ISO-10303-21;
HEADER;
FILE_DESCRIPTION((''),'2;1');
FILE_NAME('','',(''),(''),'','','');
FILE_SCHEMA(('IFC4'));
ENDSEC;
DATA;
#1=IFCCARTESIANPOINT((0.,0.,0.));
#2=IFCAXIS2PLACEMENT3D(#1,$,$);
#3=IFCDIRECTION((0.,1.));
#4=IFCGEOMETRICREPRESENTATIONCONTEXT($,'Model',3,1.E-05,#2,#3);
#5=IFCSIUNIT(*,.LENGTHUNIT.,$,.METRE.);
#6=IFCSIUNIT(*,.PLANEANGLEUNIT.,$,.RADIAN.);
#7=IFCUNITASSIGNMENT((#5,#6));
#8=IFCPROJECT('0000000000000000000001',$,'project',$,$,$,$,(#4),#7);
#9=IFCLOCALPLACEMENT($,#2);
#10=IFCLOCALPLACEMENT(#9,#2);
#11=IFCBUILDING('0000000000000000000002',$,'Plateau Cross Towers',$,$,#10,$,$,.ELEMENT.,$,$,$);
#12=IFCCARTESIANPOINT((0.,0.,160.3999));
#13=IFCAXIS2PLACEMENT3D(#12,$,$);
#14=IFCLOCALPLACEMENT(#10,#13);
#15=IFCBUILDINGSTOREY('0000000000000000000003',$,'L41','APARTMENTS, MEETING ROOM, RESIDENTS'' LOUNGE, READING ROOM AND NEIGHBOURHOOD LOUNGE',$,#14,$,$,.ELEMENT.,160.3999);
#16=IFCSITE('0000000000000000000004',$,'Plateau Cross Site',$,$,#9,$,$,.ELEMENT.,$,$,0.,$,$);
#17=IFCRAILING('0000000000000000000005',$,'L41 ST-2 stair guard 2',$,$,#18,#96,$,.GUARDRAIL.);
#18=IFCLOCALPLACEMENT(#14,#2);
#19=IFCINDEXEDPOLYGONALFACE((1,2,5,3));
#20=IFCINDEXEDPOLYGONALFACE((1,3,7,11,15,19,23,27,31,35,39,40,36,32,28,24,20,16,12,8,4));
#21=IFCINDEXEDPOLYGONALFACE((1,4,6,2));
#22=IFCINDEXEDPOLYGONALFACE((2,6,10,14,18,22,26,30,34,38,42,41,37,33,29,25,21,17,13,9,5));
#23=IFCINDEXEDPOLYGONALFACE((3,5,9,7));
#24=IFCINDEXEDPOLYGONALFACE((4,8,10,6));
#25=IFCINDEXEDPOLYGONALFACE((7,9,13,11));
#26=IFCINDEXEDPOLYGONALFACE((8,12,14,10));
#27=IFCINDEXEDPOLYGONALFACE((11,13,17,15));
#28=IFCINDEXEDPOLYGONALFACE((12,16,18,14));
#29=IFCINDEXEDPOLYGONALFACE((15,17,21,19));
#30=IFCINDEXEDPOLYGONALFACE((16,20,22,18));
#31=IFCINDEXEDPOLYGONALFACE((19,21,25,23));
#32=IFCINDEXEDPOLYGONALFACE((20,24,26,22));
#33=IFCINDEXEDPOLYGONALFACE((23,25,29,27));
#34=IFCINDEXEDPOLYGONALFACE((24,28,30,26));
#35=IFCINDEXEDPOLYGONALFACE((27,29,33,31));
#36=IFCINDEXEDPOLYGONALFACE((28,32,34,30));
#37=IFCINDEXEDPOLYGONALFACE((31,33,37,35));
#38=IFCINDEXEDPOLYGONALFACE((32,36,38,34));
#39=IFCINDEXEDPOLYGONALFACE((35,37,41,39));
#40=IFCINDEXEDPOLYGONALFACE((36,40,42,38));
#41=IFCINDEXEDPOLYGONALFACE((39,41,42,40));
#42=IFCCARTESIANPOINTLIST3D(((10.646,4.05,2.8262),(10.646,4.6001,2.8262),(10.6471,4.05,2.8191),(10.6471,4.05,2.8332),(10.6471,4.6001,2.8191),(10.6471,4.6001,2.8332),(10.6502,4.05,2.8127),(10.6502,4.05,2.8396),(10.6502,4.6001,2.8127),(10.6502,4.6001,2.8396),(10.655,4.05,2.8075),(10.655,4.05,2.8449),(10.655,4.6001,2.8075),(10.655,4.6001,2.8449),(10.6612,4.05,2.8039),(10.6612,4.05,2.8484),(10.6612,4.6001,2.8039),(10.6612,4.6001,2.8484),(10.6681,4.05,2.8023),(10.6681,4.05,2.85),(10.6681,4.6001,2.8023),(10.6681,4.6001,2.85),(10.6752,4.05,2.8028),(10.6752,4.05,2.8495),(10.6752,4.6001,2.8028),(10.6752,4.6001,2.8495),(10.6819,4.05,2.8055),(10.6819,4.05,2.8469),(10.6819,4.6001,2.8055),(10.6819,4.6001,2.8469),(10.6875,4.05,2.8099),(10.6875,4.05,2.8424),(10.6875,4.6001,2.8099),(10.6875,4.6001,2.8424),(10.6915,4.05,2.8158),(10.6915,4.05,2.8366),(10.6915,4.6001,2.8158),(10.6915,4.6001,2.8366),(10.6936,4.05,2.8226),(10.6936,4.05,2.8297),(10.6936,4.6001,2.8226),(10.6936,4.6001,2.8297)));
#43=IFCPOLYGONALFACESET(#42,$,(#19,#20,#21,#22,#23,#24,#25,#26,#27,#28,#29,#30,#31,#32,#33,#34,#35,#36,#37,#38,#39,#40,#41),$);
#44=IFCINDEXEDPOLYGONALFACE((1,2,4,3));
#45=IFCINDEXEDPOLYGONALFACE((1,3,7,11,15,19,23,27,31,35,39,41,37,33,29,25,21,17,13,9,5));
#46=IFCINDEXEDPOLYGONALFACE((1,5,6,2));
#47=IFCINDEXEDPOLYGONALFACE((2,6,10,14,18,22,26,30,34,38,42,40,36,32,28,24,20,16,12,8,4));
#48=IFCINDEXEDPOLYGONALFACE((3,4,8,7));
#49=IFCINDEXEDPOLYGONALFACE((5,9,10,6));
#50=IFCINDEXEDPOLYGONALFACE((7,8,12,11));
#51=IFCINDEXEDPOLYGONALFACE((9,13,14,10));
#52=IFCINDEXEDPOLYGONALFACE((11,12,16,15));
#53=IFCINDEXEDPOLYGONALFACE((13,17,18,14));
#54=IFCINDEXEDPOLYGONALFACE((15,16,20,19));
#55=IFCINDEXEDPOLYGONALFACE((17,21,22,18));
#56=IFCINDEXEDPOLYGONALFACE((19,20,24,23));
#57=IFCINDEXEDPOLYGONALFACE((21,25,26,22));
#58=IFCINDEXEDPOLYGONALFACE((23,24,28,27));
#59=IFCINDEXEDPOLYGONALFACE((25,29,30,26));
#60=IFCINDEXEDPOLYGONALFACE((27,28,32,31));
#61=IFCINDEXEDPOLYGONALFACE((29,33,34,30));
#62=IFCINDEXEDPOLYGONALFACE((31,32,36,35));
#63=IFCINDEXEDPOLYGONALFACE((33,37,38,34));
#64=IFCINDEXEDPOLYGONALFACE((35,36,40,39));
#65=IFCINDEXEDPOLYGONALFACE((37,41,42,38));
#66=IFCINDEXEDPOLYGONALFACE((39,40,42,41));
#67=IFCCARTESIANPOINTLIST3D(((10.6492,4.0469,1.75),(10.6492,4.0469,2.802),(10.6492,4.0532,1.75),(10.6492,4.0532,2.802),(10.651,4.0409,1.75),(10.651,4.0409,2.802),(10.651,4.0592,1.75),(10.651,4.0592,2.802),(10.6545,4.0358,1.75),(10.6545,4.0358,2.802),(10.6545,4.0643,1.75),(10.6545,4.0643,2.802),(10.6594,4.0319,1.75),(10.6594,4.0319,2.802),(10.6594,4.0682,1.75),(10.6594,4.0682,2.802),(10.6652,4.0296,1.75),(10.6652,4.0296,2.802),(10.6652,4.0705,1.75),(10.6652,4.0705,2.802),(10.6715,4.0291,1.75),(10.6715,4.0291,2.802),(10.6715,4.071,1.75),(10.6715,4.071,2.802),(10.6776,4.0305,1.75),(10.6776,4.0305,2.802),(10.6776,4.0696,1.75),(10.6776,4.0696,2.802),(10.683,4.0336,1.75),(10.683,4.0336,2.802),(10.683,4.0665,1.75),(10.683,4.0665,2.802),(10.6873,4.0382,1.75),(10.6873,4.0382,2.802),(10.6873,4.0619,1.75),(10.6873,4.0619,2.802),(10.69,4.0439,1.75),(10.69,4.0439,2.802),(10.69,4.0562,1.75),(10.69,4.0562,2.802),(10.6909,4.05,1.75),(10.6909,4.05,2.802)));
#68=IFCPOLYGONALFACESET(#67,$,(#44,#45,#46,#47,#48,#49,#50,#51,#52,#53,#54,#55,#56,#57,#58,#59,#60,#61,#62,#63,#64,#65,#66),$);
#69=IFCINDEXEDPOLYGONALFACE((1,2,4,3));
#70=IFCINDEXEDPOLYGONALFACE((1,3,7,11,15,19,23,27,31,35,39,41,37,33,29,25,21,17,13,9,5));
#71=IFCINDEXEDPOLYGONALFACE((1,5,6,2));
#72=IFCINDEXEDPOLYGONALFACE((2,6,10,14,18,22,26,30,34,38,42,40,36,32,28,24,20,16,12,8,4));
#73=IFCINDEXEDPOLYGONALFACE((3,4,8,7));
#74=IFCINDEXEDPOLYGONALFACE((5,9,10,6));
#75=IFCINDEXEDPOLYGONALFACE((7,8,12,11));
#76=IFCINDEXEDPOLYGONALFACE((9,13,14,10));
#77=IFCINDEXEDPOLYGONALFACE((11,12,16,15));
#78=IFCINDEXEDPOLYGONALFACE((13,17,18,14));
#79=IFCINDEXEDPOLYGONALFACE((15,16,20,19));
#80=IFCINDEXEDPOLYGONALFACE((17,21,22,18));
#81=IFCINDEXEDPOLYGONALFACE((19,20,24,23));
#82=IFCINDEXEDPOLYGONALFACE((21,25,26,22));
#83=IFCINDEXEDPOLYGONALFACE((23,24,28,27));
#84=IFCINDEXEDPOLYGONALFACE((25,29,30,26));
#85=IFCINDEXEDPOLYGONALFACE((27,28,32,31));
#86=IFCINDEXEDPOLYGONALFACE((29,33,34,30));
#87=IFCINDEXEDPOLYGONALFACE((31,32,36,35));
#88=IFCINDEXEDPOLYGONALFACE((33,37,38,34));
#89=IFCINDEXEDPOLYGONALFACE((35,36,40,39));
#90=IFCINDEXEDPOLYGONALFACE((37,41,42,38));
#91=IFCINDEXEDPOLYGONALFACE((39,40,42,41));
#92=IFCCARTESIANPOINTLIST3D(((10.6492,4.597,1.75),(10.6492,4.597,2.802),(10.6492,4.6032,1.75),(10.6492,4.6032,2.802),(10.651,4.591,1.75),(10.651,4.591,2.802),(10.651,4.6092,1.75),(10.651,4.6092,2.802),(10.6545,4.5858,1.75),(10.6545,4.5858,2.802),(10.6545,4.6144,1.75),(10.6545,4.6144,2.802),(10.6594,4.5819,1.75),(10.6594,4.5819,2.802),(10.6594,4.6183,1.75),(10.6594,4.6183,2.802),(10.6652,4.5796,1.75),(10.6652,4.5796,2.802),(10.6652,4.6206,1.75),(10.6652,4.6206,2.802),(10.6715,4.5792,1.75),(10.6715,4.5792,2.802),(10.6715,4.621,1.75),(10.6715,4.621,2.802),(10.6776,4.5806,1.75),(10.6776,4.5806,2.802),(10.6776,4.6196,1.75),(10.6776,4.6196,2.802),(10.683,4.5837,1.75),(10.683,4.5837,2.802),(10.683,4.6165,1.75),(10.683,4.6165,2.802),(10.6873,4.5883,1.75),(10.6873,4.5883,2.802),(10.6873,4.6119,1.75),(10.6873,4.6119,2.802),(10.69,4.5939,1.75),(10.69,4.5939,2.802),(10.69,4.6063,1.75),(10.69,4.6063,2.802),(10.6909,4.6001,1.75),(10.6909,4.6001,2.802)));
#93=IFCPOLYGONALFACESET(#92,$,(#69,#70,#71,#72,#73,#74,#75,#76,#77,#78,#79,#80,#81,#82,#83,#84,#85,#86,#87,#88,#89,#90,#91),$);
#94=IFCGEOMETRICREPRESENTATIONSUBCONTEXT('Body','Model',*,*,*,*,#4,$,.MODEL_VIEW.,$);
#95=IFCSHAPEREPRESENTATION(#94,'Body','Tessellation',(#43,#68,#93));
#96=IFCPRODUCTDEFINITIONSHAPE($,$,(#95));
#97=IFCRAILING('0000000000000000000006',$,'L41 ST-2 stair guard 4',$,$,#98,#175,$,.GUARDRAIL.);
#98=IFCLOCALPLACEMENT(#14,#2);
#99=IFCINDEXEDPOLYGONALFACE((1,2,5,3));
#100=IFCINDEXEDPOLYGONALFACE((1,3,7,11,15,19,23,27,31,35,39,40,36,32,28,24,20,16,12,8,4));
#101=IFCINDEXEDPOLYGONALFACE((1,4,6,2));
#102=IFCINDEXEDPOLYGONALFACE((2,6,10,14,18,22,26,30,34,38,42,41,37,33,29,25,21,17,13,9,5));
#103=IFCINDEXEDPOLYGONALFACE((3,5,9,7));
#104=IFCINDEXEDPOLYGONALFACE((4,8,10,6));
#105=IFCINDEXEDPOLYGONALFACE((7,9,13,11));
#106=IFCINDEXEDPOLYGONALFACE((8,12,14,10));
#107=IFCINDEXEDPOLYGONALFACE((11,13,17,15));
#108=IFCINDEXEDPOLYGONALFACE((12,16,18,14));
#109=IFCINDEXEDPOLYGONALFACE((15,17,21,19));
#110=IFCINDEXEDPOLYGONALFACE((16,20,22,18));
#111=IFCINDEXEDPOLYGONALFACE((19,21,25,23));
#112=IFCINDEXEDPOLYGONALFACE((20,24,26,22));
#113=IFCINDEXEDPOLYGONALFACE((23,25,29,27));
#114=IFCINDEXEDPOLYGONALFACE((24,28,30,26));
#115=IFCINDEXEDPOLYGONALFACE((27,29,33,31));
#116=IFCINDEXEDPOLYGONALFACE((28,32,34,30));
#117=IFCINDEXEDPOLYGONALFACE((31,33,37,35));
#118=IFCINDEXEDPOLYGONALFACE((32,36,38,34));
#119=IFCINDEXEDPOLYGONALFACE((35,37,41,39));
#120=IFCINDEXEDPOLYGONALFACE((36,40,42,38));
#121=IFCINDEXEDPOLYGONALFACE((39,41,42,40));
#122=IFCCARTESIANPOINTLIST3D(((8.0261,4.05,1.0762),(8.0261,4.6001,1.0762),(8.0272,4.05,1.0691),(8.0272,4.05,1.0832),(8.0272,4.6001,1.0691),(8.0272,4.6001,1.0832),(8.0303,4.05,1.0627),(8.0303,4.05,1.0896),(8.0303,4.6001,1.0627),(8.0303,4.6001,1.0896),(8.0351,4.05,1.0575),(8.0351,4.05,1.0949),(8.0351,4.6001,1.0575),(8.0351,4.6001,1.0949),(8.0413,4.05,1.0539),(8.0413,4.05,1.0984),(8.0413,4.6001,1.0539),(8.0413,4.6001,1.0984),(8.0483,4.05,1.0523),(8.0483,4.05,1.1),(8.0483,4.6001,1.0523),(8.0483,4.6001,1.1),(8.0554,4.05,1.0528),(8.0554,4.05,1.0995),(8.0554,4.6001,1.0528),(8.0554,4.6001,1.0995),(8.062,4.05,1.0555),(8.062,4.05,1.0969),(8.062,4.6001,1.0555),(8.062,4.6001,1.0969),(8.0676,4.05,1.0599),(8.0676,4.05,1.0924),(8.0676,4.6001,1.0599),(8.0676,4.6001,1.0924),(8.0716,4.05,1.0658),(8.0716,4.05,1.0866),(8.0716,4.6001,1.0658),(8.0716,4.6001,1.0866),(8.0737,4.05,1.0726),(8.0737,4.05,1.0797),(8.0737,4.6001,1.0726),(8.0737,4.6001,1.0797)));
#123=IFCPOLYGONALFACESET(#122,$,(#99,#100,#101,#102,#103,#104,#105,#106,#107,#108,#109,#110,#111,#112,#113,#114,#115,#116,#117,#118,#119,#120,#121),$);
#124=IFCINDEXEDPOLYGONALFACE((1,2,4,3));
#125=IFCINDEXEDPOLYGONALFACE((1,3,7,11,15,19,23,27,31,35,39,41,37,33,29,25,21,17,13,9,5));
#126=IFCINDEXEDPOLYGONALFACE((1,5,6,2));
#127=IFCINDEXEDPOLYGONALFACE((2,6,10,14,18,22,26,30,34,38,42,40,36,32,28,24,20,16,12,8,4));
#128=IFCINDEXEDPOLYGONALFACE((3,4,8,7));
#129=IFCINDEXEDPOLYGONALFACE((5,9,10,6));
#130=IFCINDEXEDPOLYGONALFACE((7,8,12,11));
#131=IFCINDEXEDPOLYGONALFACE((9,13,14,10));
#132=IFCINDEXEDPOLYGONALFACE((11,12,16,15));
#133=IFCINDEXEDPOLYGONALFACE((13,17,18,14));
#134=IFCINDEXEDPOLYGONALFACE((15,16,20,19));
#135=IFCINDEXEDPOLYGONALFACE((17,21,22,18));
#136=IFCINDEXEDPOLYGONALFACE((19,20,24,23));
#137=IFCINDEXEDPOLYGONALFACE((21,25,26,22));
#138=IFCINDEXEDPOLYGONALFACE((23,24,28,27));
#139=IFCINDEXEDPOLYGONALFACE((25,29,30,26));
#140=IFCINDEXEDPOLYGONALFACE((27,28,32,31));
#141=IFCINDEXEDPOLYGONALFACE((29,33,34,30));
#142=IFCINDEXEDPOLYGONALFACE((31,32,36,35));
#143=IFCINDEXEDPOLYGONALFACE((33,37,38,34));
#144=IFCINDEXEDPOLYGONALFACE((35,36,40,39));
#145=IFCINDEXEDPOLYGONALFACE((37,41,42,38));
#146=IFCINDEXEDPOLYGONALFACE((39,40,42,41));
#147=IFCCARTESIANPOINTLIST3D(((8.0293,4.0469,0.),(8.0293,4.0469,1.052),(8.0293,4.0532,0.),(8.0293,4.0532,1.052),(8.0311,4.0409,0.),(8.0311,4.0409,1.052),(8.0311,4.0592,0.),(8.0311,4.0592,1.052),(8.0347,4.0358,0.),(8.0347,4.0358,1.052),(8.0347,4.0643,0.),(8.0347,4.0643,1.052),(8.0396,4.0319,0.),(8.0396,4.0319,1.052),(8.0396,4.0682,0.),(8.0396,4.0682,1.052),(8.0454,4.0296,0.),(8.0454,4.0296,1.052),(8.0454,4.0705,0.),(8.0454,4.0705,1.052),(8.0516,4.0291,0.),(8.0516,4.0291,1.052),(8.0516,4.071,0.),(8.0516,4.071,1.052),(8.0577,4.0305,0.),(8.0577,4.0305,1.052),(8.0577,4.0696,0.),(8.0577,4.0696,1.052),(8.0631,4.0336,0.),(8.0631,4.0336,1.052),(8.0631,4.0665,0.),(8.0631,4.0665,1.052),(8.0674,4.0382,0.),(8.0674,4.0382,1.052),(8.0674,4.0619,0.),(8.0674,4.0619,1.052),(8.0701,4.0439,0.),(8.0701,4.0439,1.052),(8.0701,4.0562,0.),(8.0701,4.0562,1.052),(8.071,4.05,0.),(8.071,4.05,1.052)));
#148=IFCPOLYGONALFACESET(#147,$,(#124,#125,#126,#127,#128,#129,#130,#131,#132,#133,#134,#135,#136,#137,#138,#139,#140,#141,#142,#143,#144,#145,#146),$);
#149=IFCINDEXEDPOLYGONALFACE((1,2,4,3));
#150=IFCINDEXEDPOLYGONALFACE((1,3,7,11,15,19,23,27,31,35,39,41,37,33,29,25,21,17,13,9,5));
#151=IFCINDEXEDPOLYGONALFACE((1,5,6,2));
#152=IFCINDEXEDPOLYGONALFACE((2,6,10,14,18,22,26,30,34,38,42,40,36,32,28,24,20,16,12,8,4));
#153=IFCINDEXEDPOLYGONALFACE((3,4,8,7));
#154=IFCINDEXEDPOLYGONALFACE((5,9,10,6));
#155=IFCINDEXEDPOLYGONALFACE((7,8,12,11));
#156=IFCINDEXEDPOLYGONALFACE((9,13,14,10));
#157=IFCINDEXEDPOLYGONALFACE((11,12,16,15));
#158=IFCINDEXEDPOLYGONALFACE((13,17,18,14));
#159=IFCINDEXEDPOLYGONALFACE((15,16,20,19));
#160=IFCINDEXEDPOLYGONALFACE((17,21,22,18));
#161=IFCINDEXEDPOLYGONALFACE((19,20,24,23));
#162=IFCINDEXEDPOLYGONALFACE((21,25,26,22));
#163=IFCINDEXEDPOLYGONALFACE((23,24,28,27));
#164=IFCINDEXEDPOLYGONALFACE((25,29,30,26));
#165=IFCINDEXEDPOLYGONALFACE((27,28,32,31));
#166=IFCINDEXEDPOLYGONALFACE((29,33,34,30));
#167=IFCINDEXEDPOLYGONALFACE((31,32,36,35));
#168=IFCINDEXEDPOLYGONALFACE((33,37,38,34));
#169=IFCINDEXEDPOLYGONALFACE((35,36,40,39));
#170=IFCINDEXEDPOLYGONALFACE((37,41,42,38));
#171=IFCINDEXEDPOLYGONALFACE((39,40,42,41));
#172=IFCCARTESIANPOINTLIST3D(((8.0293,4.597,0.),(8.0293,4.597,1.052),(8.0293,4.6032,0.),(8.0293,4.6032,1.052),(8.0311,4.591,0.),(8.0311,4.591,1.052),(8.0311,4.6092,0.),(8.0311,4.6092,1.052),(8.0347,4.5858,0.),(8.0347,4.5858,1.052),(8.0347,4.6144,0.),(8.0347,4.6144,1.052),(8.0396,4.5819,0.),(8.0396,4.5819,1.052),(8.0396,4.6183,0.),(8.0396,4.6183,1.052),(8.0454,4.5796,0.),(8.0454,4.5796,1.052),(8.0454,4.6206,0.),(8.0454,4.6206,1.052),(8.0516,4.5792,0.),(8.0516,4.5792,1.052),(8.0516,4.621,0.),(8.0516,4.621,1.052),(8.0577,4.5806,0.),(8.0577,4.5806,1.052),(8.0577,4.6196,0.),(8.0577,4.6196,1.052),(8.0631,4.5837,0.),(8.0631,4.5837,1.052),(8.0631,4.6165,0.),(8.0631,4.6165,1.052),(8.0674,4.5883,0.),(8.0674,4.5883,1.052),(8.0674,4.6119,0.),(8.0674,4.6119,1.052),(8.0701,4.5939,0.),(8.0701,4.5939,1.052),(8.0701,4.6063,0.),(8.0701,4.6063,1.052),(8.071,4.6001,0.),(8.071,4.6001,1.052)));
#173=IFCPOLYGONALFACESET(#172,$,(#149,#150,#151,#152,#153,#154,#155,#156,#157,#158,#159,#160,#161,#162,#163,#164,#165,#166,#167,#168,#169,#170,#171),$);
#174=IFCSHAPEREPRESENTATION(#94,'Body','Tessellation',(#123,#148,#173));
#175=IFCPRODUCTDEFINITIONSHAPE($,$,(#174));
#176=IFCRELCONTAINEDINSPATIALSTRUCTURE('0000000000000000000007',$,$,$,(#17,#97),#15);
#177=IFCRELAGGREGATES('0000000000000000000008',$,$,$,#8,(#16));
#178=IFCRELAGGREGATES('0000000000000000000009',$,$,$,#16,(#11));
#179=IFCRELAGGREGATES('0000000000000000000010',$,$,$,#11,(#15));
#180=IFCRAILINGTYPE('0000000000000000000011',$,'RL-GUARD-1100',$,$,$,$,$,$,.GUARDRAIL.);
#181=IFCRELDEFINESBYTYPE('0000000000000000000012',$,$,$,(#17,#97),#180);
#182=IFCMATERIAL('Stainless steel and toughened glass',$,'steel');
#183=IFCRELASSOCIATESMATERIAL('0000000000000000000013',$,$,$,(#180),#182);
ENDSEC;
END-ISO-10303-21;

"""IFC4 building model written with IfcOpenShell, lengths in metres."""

from ifc_helpers import new_model, si_unit, direction, frame, origin, origin_2d, place, context, subcontext, project, spatial, circle, extrude, material, type_object, element, save


model = new_model("IFC4")

# Units and contexts
model_context = context("Model", 3, precision=1e-05, world=origin(), true_north=direction((0.0, 1.0)))
body_context = subcontext(model_context, "Body", "Model", "MODEL_VIEW")
ifc_project = project(units=[si_unit("LENGTHUNIT", "METRE"), si_unit("PLANEANGLEUNIT", "RADIAN")], contexts=[model_context])

# Site, building, storey
site_placement = place(None, origin())
site = spatial("IfcSite", under=ifc_project, at=site_placement, Name="Plateau Cross Site", CompositionType="ELEMENT", RefElevation=0.0)
building_placement = place(site_placement, origin())
building = spatial("IfcBuilding", under=site, at=building_placement, Name="Plateau Cross Towers", CompositionType="ELEMENT")
storey_placement = place(building_placement, frame((0.0, 0.0, 160.3999)))
storey = spatial("IfcBuildingStorey", under=building, at=storey_placement, Name="L41", Description="APARTMENTS, MEETING ROOM, RESIDENTS' LOUNGE, READING ROOM AND NEIGHBOURHOOD LOUNGE", CompositionType="ELEMENT", Elevation=160.3999)

# Railings
ifc_material_1 = material(Name="Stainless steel and toughened glass", Category="steel")
railing_type_1 = type_object("IfcRailingType", Name="RL-GUARD-1100", PredefinedType="GUARDRAIL", material=ifc_material_1)
for number, where, name in (
    (1, (10.6699, 4.05, 1.75), "L41 ST-2 stair guard 2"),
    (2, (8.05, 4.05, 0.0), "L41 ST-2 stair guard 4"),
):
    element("IfcRailing", number, at=place(storey_placement, frame(where)), inside=storey, type_object=railing_type_1, Name=name, PredefinedType="GUARDRAIL", context=body_context, shape_type="SweptSolid", body=[
        extrude(circle(Radius=0.0239, at=origin_2d()), frame((0.0, 0.0, 1.0762), z_axis=(0.0, 1.0, 0.0), x_axis=(-1.0, 0.0, 0.0)), (0.0, 0.0, 1.0), 0.55),
        extrude(circle(Radius=0.021, at=origin_2d()), origin(), (0.0, 0.0, 1.0), 1.052),
        extrude(circle(Radius=0.021, at=origin_2d()), frame((0.0, 0.55, 0.0)), (0.0, 0.0, 1.0), 1.052),
    ])

save(model, "model.ifc")
